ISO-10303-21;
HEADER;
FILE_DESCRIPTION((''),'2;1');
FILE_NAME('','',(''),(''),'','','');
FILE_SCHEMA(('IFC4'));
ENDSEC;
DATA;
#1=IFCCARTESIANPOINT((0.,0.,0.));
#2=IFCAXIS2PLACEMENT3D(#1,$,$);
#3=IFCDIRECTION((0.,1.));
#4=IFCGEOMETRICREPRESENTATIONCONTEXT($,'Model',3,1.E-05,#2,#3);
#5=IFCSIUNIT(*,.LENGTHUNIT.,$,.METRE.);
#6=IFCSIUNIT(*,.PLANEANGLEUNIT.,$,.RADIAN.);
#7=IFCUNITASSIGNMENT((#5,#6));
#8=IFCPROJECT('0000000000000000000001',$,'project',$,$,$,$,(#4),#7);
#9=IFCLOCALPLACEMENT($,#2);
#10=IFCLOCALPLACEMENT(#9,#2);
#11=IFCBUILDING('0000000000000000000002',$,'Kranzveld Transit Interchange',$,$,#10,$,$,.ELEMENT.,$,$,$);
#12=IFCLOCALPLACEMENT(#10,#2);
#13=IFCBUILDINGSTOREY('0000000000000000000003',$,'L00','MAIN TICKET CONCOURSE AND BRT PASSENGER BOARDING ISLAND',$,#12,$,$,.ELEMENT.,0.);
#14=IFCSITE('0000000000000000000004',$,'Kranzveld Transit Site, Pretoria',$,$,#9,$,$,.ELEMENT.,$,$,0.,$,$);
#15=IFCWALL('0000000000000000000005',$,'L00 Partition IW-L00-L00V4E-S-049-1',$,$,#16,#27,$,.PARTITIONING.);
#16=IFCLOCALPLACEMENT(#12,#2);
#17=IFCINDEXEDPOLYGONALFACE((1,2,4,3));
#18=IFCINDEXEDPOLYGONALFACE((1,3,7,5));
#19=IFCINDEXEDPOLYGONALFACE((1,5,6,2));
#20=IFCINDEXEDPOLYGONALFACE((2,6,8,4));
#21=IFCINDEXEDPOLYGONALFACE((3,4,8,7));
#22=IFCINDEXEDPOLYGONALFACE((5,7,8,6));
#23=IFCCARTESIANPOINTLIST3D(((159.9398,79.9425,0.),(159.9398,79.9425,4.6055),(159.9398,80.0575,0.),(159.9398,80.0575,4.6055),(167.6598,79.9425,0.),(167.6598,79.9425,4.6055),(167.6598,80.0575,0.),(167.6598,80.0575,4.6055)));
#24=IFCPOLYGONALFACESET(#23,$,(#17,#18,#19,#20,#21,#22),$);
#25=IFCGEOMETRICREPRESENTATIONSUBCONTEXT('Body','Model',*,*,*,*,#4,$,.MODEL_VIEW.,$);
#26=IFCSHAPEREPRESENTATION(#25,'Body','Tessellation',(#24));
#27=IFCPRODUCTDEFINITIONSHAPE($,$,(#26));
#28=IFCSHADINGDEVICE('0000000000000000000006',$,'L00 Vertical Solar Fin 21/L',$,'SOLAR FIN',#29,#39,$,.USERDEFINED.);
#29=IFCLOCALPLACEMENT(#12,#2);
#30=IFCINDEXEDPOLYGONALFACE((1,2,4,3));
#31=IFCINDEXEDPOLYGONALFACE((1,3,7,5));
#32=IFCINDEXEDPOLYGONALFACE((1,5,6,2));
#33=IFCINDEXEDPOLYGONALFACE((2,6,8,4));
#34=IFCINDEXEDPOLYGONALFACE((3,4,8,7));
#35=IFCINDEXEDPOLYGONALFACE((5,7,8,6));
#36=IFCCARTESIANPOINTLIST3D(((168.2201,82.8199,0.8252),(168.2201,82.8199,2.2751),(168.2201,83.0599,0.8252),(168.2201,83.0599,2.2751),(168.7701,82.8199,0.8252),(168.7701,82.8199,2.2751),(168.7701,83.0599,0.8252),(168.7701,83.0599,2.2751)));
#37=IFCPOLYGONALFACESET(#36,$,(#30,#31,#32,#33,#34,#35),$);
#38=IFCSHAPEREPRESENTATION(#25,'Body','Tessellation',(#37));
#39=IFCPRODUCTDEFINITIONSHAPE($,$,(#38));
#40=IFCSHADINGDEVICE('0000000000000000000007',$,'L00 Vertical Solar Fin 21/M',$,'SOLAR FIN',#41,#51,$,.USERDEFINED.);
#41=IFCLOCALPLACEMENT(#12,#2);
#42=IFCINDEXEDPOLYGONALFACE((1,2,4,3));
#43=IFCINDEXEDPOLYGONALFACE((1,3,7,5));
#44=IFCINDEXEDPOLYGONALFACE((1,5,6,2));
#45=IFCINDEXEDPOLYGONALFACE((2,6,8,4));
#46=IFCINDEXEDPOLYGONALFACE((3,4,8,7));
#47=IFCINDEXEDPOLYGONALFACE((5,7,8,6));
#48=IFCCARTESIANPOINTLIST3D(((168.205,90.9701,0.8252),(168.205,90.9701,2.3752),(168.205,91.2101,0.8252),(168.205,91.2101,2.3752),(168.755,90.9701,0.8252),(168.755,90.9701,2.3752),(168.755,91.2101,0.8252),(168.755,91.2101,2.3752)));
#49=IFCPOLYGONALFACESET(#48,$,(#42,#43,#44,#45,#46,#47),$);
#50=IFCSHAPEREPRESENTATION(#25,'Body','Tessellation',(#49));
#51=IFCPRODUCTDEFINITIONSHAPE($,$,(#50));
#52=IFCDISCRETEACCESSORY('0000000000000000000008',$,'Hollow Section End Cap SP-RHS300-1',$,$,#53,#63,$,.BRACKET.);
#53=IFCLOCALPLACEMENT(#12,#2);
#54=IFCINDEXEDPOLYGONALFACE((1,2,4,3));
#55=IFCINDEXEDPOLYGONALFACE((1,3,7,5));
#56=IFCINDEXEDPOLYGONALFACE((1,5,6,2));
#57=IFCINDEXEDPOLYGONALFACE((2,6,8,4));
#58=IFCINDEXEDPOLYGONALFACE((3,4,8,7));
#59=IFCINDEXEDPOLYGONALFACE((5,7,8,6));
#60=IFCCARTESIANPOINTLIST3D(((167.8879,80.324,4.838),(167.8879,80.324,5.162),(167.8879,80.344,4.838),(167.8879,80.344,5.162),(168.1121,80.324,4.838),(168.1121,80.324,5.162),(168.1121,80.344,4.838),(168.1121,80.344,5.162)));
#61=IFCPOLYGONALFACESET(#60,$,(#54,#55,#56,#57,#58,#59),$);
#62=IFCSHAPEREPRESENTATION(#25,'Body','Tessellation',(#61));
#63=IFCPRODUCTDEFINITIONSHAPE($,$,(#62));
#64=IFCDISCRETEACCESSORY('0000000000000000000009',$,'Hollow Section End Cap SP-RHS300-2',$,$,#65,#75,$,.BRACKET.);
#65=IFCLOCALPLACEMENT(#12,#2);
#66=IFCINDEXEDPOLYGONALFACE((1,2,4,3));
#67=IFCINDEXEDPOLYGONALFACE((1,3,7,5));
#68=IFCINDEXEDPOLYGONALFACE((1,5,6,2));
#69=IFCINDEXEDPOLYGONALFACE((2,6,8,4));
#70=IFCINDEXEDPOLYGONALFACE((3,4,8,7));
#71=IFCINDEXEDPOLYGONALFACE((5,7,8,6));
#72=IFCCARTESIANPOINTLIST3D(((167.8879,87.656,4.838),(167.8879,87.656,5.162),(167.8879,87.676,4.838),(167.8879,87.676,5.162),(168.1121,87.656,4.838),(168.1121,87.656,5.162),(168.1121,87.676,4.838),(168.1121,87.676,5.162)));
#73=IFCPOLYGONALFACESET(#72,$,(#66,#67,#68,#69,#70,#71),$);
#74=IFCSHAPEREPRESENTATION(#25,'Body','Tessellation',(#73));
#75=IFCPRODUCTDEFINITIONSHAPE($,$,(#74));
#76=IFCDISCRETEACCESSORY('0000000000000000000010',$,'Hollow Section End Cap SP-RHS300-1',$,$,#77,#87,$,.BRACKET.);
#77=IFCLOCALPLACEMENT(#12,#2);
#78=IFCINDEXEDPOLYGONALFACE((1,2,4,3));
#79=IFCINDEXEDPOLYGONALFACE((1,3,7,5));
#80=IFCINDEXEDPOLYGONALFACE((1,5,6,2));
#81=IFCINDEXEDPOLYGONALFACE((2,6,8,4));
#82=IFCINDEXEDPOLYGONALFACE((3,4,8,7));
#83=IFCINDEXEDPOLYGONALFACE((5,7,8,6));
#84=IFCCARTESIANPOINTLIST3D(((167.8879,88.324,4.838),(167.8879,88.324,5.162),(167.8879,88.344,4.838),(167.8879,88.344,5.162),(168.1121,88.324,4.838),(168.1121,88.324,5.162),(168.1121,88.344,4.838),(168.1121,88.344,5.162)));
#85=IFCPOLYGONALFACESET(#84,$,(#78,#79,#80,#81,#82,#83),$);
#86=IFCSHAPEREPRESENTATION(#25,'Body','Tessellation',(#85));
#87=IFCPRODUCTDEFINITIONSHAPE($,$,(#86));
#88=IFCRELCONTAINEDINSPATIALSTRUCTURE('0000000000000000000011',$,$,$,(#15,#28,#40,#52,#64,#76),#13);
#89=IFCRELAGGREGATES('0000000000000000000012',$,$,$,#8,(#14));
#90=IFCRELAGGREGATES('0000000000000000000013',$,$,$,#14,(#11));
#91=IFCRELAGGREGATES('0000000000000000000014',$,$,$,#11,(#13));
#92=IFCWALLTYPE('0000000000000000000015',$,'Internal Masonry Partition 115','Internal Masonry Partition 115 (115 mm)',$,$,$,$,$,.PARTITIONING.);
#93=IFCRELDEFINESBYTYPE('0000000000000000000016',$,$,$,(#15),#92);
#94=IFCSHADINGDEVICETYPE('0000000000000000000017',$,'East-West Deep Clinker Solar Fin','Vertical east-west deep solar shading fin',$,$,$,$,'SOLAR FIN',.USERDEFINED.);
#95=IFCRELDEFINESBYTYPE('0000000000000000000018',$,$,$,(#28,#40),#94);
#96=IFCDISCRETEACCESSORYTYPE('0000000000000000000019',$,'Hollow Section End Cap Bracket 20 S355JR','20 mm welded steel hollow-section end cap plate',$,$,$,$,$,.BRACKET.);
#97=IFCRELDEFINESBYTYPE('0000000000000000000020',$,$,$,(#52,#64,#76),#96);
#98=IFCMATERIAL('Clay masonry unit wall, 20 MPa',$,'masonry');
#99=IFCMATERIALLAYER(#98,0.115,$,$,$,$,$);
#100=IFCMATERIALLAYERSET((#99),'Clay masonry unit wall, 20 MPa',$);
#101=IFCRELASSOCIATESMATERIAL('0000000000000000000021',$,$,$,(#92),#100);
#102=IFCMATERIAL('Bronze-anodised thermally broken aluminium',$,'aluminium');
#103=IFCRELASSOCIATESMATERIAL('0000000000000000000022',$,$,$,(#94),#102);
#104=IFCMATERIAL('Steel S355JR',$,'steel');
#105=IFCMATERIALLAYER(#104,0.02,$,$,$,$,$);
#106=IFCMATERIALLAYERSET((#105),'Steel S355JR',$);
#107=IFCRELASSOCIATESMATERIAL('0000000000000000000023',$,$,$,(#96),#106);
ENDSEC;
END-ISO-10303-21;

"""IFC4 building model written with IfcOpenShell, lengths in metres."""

from ifc_helpers import new_model, si_unit, direction, frame, frame_2d, origin, origin_2d, place, context, subcontext, project, spatial, rectangle, extrude, material, layer, layer_set, type_object, element, save


model = new_model("IFC4")

# Units and contexts
model_context = context("Model", 3, precision=1e-05, world=origin(), true_north=direction((0.0, 1.0)))
body_context = subcontext(model_context, "Body", "Model", "MODEL_VIEW")
ifc_project = project(units=[si_unit("LENGTHUNIT", "METRE"), si_unit("PLANEANGLEUNIT", "RADIAN")], contexts=[model_context])

# Site, building, storey
site_placement = place(None, origin())
site = spatial("IfcSite", under=ifc_project, at=site_placement, Name="Kranzveld Transit Site, Pretoria", CompositionType="ELEMENT", RefElevation=0.0)
building_placement = place(site_placement, origin())
building = spatial("IfcBuilding", under=site, at=building_placement, Name="Kranzveld Transit Interchange", CompositionType="ELEMENT")
storey_placement = place(building_placement, origin())
storey = spatial("IfcBuildingStorey", under=building, at=storey_placement, Name="L00", Description="MAIN TICKET CONCOURSE AND BRT PASSENGER BOARDING ISLAND", CompositionType="ELEMENT", Elevation=0.0)

# Wall
ifc_material_1 = material(Name="Clay masonry unit wall, 20 MPa", Category="masonry")
ifc_layer_1 = layer(ifc_material_1, 0.115)
ifc_layer_set_1 = layer_set([ifc_layer_1], Name="Clay masonry unit wall, 20 MPa")
wall_type_1 = type_object("IfcWallType", Name="Internal Masonry Partition 115", Description="Internal Masonry Partition 115 (115 mm)", PredefinedType="PARTITIONING", material=ifc_layer_set_1)
wall_1_placement = place(storey_placement, frame((159.9399, 80.0, 0.0), z_axis=(0.0, 0.0, 1.0), x_axis=(1.0, 0.0, 0.0)))
element("IfcWall", 1, at=wall_1_placement, inside=storey, type_object=wall_type_1, Name="L00 Partition IW-L00-L00V4E-S-049-1", PredefinedType="PARTITIONING", context=body_context, shape_type="SweptSolid", body=[
    extrude(rectangle(XDim=7.72, YDim=0.115, at=frame_2d((3.8599, 0.0))), origin(), (0.0, 0.0, 1.0), 4.6055),
])

# Shading devices
ifc_material_2 = material(Name="Bronze-anodised thermally broken aluminium", Category="aluminium")
shading_device_type = type_object("IfcShadingDeviceType", Name="East-West Deep Clinker Solar Fin", Description="Vertical east-west deep solar shading fin", ElementType="SOLAR FIN", PredefinedType="USERDEFINED", material=ifc_material_2)
shading_device_1_placement = place(storey_placement, frame((168.4951, 82.9399, 0.8252), z_axis=(0.0, 0.0, 1.0), x_axis=(0.0, 1.0, 0.0)))
element("IfcShadingDevice", 2, at=shading_device_1_placement, inside=storey, type_object=shading_device_type, Name="L00 Vertical Solar Fin 21/L", ObjectType="SOLAR FIN", PredefinedType="USERDEFINED", context=body_context, shape_type="SweptSolid", body=[
    extrude(rectangle(XDim=0.24, YDim=0.55, at=origin_2d()), origin(), (0.0, 0.0, 1.0), 1.45),
])
shading_device_2_placement = place(storey_placement, frame((168.48, 91.0901, 0.8252), z_axis=(0.0, 0.0, 1.0), x_axis=(0.0, 1.0, 0.0)))
element("IfcShadingDevice", 3, at=shading_device_2_placement, inside=storey, type_object=shading_device_type, Name="L00 Vertical Solar Fin 21/M", ObjectType="SOLAR FIN", PredefinedType="USERDEFINED", context=body_context, shape_type="SweptSolid", body=[
    extrude(rectangle(XDim=0.24, YDim=0.55, at=origin_2d()), origin(), (0.0, 0.0, 1.0), 1.55),
])

# Discrete accessories
ifc_material_3 = material(Name="Steel S355JR", Category="steel")
ifc_layer_2 = layer(ifc_material_3, 0.02)
ifc_layer_set_2 = layer_set([ifc_layer_2], Name="Steel S355JR")
discrete_accessory_type = type_object("IfcDiscreteAccessoryType", Name="Hollow Section End Cap Bracket 20 S355JR", Description="20 mm welded steel hollow-section end cap plate", PredefinedType="BRACKET", material=ifc_layer_set_2)
for number, where, z_axis, x_axis, name in (
    (4, (168.0, 80.344, 5.0), (0.0, -1.0, 0.0), (1.0, 0.0, 0.0), "Hollow Section End Cap SP-RHS300-1"),
    (5, (168.0, 87.656, 5.0), (0.0, 1.0, 0.0), (-1.0, 0.0, 0.0), "Hollow Section End Cap SP-RHS300-2"),
    (6, (168.0, 88.344, 5.0), (0.0, -1.0, 0.0), (1.0, 0.0, 0.0), "Hollow Section End Cap SP-RHS300-1"),
):
    element("IfcDiscreteAccessory", number, at=place(storey_placement, frame(where, z_axis=z_axis, x_axis=x_axis)), inside=storey, type_object=discrete_accessory_type, Name=name, PredefinedType="BRACKET", context=body_context, shape_type="SweptSolid", body=[
        extrude(rectangle(XDim=0.2241, YDim=0.324, at=origin_2d()), origin(), (0.0, 0.0, 1.0), 0.02),
    ])

save(model, "model.ifc")
